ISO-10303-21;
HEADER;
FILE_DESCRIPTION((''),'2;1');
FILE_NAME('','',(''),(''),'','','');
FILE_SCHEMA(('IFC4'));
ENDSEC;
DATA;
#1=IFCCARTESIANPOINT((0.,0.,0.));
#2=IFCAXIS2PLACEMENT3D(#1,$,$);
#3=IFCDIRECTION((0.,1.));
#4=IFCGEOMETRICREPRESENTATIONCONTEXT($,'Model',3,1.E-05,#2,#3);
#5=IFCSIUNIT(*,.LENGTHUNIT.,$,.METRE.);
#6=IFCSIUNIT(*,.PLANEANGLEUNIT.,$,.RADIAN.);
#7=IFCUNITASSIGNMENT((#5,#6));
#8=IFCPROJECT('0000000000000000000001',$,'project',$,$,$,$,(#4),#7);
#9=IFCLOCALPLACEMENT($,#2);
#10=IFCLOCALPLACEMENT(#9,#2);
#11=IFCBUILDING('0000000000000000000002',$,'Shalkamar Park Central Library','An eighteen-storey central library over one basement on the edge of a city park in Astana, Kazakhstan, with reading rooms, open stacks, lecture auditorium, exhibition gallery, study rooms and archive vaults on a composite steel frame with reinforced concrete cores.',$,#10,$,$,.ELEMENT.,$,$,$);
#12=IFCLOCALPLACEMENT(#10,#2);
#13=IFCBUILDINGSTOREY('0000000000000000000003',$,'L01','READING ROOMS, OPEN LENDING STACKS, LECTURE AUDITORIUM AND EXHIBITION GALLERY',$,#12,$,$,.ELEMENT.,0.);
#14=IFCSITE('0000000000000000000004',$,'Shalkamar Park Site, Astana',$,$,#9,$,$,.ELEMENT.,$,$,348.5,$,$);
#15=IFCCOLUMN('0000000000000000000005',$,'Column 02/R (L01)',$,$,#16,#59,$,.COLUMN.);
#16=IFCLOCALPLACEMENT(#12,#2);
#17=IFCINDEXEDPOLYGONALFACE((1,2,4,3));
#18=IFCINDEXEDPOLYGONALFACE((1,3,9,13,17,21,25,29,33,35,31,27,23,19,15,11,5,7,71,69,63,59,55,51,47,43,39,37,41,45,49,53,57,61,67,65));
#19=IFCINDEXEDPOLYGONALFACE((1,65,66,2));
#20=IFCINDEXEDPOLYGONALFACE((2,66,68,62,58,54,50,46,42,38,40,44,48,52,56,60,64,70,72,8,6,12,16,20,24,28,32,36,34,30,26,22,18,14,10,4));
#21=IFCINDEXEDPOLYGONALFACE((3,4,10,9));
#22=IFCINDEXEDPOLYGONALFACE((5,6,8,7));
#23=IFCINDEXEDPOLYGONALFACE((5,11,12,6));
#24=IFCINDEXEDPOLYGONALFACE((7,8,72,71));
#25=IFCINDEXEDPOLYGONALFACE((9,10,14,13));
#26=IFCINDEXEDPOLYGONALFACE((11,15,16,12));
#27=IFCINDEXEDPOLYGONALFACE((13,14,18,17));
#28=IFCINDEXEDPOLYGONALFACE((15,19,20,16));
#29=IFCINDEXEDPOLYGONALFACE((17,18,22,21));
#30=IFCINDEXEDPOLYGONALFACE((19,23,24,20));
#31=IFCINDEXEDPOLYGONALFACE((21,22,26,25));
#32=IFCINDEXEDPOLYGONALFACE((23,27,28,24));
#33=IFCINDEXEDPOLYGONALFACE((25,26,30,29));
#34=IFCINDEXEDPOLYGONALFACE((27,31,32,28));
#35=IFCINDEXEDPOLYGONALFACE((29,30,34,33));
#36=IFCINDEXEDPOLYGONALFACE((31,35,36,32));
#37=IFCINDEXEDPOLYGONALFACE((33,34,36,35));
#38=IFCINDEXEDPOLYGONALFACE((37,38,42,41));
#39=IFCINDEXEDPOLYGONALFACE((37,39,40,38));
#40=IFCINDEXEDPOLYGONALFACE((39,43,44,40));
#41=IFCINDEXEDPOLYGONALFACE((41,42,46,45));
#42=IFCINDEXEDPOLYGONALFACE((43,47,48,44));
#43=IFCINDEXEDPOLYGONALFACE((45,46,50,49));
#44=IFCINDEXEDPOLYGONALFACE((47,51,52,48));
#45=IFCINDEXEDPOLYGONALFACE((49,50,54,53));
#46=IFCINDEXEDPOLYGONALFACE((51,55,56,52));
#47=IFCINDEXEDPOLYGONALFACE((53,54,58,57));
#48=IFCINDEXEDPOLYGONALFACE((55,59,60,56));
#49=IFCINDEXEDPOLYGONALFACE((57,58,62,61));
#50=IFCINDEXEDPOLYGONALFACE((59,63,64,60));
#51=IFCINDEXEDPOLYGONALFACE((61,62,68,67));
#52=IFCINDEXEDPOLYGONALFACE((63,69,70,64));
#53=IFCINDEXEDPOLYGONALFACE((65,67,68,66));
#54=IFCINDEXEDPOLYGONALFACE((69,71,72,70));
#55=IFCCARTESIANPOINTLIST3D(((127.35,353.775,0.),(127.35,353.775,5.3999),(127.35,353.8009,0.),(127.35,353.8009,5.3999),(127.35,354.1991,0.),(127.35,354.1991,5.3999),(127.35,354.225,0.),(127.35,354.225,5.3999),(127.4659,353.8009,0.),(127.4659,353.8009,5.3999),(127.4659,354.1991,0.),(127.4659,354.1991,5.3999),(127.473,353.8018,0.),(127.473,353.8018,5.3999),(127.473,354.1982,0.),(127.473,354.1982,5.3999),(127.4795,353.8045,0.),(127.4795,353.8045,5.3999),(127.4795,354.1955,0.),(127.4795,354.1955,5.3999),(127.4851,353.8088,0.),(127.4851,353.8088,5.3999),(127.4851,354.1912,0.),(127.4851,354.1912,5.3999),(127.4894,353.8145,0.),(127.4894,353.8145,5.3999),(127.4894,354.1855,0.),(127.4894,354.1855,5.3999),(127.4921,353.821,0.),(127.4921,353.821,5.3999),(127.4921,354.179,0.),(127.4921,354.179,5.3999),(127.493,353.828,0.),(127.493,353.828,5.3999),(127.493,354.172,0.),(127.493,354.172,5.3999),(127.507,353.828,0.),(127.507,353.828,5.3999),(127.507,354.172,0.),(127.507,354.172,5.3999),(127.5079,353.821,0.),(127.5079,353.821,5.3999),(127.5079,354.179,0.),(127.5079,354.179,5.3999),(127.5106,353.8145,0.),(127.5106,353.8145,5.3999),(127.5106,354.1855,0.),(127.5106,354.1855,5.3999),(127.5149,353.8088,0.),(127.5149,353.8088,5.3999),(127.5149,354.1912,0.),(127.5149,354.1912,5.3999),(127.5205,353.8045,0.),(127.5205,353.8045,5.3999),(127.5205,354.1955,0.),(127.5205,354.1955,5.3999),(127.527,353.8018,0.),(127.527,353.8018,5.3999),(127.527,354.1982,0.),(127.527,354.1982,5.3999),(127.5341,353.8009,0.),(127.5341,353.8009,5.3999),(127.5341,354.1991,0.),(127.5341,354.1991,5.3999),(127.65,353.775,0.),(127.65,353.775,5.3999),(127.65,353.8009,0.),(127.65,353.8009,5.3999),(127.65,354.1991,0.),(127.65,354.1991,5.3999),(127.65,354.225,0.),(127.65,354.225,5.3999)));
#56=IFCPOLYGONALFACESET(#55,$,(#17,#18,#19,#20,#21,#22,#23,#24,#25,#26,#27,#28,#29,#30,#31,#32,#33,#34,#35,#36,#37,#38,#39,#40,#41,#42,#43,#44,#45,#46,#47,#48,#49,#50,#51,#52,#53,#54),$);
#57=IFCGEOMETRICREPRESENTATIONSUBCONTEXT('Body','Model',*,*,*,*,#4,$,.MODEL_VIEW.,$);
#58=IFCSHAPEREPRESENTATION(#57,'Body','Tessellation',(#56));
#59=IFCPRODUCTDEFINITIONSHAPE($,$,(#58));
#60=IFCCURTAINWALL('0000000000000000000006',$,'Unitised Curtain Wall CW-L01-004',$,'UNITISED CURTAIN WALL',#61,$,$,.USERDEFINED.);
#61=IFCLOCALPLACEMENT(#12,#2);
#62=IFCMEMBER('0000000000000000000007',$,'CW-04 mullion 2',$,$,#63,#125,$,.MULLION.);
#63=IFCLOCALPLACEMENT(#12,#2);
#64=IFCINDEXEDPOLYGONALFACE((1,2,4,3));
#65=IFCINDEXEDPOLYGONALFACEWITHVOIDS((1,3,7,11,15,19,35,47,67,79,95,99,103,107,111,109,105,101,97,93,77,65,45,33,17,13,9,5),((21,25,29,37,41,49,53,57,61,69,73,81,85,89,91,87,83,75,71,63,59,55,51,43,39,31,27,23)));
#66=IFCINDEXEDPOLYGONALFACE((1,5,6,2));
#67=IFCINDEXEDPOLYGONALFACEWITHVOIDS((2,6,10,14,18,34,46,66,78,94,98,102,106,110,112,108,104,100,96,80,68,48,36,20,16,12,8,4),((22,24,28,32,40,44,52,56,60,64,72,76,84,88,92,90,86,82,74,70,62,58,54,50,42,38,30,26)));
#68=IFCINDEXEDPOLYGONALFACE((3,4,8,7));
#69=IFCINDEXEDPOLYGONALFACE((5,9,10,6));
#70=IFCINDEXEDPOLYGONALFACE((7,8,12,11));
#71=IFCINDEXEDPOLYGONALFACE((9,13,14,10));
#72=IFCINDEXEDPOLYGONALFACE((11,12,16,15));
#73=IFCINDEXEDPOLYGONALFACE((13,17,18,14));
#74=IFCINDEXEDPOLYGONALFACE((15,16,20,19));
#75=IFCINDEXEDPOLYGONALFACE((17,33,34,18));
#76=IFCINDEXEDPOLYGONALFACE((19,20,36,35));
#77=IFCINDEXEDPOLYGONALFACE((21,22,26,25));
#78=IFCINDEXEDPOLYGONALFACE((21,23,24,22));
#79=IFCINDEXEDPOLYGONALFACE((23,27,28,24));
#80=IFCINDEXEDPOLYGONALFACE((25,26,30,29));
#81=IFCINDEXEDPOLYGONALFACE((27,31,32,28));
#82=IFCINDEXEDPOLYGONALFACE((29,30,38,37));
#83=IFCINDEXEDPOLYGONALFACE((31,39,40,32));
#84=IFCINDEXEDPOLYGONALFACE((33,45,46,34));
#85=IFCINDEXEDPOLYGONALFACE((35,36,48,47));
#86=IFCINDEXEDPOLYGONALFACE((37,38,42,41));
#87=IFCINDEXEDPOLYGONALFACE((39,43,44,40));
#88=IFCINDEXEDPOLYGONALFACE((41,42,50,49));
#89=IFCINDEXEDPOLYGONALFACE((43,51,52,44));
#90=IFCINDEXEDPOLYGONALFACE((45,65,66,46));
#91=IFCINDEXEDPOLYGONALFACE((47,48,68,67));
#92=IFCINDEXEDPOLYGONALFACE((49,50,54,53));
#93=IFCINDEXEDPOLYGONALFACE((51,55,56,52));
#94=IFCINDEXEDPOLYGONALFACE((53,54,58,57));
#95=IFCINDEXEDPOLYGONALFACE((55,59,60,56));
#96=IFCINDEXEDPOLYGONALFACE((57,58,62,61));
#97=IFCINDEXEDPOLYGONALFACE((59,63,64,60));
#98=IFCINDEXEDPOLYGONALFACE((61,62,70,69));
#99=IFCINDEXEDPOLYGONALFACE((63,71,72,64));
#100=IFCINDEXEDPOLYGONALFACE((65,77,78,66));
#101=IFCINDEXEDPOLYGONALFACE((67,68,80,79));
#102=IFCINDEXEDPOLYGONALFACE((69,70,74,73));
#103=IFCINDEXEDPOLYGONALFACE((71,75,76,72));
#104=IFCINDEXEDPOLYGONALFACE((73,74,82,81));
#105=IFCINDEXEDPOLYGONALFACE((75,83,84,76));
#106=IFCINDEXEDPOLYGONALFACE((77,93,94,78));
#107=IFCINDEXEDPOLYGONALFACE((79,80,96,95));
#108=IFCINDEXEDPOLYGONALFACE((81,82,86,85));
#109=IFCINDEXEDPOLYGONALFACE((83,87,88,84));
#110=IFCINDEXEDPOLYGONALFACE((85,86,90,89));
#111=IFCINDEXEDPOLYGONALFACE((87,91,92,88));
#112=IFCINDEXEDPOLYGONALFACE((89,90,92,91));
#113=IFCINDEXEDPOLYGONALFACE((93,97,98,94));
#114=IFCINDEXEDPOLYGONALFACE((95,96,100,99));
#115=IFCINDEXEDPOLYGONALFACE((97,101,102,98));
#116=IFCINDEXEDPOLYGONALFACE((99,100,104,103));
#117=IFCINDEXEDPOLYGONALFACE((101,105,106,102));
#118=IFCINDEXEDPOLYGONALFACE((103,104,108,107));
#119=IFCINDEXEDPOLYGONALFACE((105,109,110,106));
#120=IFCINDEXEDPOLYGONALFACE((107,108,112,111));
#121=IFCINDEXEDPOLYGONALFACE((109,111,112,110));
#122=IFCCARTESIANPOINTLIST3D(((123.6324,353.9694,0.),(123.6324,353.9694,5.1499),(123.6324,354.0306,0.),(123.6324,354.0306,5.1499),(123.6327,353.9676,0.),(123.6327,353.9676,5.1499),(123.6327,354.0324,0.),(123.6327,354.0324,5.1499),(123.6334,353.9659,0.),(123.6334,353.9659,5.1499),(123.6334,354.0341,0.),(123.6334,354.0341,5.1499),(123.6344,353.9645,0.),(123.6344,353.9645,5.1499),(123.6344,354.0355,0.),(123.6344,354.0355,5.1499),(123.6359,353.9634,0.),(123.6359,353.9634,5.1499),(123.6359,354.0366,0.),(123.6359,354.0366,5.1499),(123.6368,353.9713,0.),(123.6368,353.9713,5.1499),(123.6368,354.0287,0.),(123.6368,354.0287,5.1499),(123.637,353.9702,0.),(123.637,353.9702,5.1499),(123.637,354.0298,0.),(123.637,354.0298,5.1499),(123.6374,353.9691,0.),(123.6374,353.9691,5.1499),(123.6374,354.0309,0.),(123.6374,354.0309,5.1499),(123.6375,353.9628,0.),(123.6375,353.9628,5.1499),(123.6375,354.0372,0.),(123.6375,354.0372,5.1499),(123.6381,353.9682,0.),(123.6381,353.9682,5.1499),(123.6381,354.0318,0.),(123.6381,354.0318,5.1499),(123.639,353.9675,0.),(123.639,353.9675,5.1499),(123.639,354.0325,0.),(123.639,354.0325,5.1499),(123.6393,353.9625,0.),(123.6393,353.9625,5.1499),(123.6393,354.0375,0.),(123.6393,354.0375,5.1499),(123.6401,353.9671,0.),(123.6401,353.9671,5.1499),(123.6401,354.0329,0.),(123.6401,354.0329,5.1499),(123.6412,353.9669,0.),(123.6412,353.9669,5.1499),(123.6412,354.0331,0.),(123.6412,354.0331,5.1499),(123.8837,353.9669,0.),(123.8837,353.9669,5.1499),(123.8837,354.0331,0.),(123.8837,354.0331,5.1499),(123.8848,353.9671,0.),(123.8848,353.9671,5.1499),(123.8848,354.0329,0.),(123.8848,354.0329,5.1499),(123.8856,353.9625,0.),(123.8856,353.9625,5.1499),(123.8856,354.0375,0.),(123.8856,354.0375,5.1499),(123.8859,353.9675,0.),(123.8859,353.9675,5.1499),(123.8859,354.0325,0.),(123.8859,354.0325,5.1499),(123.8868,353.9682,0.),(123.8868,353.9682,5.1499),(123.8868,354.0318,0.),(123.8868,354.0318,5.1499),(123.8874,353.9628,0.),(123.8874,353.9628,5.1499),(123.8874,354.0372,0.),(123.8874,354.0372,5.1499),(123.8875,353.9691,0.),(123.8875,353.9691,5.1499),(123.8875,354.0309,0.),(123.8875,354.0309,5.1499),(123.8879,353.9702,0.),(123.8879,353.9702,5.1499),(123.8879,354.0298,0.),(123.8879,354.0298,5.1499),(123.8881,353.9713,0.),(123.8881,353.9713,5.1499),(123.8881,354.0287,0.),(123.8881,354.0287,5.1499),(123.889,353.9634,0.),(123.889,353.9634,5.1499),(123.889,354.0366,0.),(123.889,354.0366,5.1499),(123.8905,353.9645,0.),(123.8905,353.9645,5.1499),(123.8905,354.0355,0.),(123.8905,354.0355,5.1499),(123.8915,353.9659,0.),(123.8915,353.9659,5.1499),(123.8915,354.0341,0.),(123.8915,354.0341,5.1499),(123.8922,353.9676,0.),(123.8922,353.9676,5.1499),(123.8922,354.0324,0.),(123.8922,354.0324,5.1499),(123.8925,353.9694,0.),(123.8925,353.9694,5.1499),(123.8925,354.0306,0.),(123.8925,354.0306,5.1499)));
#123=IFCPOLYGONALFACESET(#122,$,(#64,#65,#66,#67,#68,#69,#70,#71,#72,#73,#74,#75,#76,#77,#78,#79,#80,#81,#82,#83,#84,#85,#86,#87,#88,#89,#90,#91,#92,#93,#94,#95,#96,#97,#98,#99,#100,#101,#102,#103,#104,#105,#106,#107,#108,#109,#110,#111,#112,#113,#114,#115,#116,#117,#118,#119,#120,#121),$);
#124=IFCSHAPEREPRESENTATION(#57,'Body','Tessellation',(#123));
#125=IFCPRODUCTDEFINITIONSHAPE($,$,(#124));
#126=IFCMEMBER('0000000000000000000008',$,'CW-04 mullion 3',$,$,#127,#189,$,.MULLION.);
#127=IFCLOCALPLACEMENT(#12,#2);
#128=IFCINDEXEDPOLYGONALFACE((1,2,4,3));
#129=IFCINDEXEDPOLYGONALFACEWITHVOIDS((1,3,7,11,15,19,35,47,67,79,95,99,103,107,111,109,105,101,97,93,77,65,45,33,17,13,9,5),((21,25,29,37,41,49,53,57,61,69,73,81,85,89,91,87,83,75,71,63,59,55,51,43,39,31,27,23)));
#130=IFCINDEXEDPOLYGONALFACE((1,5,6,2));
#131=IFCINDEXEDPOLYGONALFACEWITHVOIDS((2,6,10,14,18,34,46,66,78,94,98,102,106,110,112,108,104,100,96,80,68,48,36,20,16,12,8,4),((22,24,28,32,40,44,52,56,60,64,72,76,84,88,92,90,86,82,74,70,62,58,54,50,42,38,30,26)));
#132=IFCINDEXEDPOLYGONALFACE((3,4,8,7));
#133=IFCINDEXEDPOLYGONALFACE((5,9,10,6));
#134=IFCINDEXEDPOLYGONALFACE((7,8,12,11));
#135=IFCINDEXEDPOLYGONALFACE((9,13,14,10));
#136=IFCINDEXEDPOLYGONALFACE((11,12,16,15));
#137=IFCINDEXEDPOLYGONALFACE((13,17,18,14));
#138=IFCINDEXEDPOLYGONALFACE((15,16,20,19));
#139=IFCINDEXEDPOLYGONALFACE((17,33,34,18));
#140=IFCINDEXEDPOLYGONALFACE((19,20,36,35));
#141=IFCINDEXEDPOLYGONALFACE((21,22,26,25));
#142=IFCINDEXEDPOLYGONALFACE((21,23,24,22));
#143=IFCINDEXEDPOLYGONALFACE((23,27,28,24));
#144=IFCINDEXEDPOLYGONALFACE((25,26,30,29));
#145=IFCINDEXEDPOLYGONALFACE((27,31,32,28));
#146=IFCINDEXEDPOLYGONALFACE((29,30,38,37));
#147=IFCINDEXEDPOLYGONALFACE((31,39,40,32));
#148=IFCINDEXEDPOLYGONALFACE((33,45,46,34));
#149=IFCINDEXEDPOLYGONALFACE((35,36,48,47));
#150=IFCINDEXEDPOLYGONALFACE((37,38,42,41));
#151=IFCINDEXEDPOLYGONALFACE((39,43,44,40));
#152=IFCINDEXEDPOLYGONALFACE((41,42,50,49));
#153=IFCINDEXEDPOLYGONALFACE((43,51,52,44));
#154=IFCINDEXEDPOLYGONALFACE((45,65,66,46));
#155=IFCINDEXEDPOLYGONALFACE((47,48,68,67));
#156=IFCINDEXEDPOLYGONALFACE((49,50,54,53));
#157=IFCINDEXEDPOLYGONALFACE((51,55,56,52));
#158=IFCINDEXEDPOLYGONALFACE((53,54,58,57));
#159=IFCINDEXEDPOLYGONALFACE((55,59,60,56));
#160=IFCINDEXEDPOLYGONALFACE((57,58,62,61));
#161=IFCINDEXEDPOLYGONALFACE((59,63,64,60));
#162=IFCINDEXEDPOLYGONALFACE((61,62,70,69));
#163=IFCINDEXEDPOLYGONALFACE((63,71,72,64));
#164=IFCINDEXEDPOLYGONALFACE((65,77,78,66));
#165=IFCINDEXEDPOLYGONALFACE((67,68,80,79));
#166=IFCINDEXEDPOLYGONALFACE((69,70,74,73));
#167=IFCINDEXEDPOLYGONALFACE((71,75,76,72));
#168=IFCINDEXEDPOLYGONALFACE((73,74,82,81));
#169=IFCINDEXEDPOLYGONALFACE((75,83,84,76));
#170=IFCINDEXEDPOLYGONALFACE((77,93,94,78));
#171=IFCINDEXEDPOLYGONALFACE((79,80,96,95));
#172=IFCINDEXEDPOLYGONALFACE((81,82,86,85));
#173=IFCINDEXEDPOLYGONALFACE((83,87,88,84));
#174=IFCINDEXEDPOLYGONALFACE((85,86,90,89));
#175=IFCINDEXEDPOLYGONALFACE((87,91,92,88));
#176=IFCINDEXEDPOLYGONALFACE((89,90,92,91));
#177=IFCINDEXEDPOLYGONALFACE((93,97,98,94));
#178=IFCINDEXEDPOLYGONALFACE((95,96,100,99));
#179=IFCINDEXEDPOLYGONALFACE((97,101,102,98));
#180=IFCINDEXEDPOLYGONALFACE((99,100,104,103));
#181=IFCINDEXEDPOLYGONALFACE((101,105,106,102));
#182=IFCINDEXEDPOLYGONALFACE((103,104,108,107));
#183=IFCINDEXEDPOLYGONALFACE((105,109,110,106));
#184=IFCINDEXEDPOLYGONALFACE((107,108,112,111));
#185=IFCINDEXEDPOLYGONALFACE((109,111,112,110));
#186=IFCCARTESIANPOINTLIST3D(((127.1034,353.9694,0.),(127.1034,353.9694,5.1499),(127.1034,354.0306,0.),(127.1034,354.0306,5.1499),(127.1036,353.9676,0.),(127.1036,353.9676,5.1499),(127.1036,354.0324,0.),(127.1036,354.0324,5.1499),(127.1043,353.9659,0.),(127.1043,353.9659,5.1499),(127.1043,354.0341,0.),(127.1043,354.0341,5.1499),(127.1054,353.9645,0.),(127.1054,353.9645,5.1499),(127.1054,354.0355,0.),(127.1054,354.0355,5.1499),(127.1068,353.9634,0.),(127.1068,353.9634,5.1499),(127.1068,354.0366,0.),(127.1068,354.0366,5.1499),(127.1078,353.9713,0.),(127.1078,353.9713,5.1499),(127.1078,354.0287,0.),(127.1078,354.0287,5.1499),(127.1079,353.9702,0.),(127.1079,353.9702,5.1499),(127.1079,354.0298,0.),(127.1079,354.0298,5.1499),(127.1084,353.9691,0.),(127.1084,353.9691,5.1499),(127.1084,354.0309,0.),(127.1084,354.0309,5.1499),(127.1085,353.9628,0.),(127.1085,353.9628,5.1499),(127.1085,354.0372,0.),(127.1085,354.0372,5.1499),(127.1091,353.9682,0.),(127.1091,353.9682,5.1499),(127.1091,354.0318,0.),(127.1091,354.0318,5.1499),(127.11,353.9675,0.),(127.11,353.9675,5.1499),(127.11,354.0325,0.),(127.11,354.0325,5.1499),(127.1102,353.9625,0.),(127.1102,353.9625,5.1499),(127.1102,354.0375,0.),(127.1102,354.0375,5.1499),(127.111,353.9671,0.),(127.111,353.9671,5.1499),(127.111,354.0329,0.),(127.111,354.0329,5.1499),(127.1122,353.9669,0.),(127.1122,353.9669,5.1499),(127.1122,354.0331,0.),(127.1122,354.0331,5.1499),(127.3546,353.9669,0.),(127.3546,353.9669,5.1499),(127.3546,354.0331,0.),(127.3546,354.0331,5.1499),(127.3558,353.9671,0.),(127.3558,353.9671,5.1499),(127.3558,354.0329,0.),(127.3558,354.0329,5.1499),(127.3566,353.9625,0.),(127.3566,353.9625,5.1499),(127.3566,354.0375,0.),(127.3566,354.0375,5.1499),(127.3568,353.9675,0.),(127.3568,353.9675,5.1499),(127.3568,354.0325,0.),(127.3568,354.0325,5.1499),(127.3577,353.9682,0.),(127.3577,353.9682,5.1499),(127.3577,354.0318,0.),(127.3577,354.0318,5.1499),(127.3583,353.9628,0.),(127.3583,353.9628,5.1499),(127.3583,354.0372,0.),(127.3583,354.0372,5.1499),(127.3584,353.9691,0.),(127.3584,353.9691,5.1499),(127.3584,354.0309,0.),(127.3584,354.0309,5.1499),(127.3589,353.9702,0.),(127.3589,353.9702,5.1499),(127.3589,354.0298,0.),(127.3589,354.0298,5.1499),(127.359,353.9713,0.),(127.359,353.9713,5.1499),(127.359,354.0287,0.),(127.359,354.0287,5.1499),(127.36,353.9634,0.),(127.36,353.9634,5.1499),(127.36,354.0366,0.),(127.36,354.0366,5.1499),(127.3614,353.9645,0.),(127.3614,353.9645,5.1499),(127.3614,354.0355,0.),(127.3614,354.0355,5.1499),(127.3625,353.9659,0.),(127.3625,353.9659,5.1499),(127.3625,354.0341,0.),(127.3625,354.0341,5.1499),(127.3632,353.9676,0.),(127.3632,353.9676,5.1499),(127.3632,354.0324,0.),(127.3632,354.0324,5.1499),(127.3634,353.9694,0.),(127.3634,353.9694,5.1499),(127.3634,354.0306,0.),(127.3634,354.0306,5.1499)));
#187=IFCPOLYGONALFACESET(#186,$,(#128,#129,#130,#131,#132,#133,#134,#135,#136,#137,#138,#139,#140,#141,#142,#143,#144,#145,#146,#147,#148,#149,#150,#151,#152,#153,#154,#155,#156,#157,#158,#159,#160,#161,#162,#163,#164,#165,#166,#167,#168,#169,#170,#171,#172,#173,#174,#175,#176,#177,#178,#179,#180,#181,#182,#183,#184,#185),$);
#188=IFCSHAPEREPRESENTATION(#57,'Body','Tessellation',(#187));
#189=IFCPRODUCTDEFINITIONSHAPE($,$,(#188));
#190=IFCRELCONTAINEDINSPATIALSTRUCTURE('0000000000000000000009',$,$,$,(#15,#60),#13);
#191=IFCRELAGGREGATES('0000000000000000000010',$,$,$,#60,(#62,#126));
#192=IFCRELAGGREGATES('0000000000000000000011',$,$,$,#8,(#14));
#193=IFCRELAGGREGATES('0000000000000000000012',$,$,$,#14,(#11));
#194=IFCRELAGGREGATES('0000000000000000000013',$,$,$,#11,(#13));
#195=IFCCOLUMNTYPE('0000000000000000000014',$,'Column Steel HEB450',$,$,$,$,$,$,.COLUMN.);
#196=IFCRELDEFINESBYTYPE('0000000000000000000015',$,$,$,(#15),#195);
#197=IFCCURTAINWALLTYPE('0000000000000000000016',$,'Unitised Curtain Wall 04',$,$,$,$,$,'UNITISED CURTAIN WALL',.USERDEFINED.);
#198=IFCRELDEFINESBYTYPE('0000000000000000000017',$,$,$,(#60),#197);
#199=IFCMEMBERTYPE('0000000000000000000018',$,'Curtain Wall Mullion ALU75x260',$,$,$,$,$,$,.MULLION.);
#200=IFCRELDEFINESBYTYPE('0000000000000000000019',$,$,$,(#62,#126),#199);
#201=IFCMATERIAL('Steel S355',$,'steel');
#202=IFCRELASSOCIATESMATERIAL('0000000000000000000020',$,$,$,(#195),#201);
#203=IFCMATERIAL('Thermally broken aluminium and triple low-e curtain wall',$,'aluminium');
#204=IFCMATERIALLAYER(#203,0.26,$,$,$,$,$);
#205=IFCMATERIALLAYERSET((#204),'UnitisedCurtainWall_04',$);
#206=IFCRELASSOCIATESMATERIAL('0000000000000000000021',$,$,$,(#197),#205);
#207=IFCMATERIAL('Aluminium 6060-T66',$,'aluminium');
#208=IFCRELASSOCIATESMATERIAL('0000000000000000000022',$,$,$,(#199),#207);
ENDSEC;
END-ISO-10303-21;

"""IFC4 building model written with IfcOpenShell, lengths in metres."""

from ifc_helpers import new_model, si_unit, direction, frame, origin, origin_2d, place, context, subcontext, project, spatial, hollow_rectangle, i_section, extrude, material, layer, layer_set, material_profile, profile_set, type_object, element, aggregate, save


model = new_model("IFC4")

# Units and contexts
model_context = context("Model", 3, precision=1e-05, world=origin(), true_north=direction((0.0, 1.0)))
body_context = subcontext(model_context, "Body", "Model", "MODEL_VIEW")
ifc_project = project(units=[si_unit("LENGTHUNIT", "METRE"), si_unit("PLANEANGLEUNIT", "RADIAN")], contexts=[model_context])

# Site, building, storey
site_placement = place(None, origin())
site = spatial("IfcSite", under=ifc_project, at=site_placement, Name="Shalkamar Park Site, Astana", CompositionType="ELEMENT", RefElevation=348.5)
building_placement = place(site_placement, origin())
building = spatial("IfcBuilding", under=site, at=building_placement, Name="Shalkamar Park Central Library", Description="An eighteen-storey central library over one basement on the edge of a city park in Astana, Kazakhstan, with reading rooms, open stacks, lecture auditorium, exhibition gallery, study rooms and archive vaults on a composite steel frame with reinforced concrete cores.", CompositionType="ELEMENT")
storey_placement = place(building_placement, origin())
storey = spatial("IfcBuildingStorey", under=building, at=storey_placement, Name="L01", Description="READING ROOMS, OPEN LENDING STACKS, LECTURE AUDITORIUM AND EXHIBITION GALLERY", CompositionType="ELEMENT", Elevation=0.0)

# Column
ifc_material_1 = material(Name="Steel S355", Category="steel")
ifc_material_profile_1 = material_profile(ifc_material_1, i_section(OverallWidth=0.3, OverallDepth=0.45, WebThickness=0.0139, FlangeThickness=0.0259, FilletRadius=0.0271, at=origin_2d()), Name="HEB 450")
ifc_profile_set_1 = profile_set([ifc_material_profile_1], Name="Steel S355")
column_type = type_object("IfcColumnType", Name="Column Steel HEB450", PredefinedType="COLUMN", material=ifc_profile_set_1)
column_placement = place(storey_placement, frame((127.5, 354.0, 0.0), z_axis=(0.0, 0.0, 1.0), x_axis=(1.0, 0.0, 0.0)))
element("IfcColumn", 1, at=column_placement, inside=storey, type_object=column_type, Name="Column 02/R (L01)", PredefinedType="COLUMN", context=body_context, shape_type="SweptSolid", body=[
    extrude(i_section(OverallWidth=0.3, OverallDepth=0.45, WebThickness=0.0139, FlangeThickness=0.0259, FilletRadius=0.0271, at=origin_2d()), origin(), (0.0, 0.0, 1.0), 5.3999),
])

# Curtain wall, members
ifc_material_2 = material(Name="Thermally broken aluminium and triple low-e curtain wall", Category="aluminium")
ifc_layer_1 = layer(ifc_material_2, 0.26)
ifc_layer_set_1 = layer_set([ifc_layer_1], Name="UnitisedCurtainWall_04")
curtain_wall_type_1 = type_object("IfcCurtainWallType", Name="Unitised Curtain Wall 04", ElementType="UNITISED CURTAIN WALL", PredefinedType="USERDEFINED", material=ifc_layer_set_1)
curtain_wall_1_placement = place(storey_placement, origin())
curtain_wall_1 = element("IfcCurtainWall", 2, at=curtain_wall_1_placement, inside=storey, type_object=curtain_wall_type_1, Name="Unitised Curtain Wall CW-L01-004", ObjectType="UNITISED CURTAIN WALL", PredefinedType="USERDEFINED")
ifc_material_3 = material(Name="Aluminium 6060-T66", Category="aluminium")
ifc_material_profile_2 = material_profile(ifc_material_3, hollow_rectangle(XDim=0.075, YDim=0.26, WallThickness=0.0044, InnerFilletRadius=0.0044, OuterFilletRadius=0.0068, at=origin_2d()), Name="ALU 75x260x4.5")
ifc_profile_set_2 = profile_set([ifc_material_profile_2], Name="Aluminium 6060-T66")
member_type_1 = type_object("IfcMemberType", Name="Curtain Wall Mullion ALU75x260", PredefinedType="MULLION", material=ifc_profile_set_2)
member_1_placement = place(storey_placement, frame((123.7625, 354.0, 0.0), z_axis=(0.0, 0.0, 1.0), x_axis=(0.0, 1.0, 0.0)))
member_1 = element("IfcMember", 3, at=member_1_placement, type_object=member_type_1, Name="CW-04 mullion 2", PredefinedType="MULLION", context=body_context, shape_type="SweptSolid", body=[
    extrude(hollow_rectangle(XDim=0.075, YDim=0.26, WallThickness=0.0044, InnerFilletRadius=0.0044, OuterFilletRadius=0.0068, at=origin_2d()), origin(), (0.0, 0.0, 1.0), 5.1499),
])
member_2_placement = place(storey_placement, frame((127.2334, 354.0, 0.0), z_axis=(0.0, 0.0, 1.0), x_axis=(0.0, 1.0, 0.0)))
member_2 = element("IfcMember", 4, at=member_2_placement, type_object=member_type_1, Name="CW-04 mullion 3", PredefinedType="MULLION", context=body_context, shape_type="SweptSolid", body=[
    extrude(hollow_rectangle(XDim=0.075, YDim=0.26, WallThickness=0.0044, InnerFilletRadius=0.0044, OuterFilletRadius=0.0068, at=origin_2d()), origin(), (0.0, 0.0, 1.0), 5.1499),
])

aggregate(curtain_wall_1, [member_1, member_2])

save(model, "model.ifc")
